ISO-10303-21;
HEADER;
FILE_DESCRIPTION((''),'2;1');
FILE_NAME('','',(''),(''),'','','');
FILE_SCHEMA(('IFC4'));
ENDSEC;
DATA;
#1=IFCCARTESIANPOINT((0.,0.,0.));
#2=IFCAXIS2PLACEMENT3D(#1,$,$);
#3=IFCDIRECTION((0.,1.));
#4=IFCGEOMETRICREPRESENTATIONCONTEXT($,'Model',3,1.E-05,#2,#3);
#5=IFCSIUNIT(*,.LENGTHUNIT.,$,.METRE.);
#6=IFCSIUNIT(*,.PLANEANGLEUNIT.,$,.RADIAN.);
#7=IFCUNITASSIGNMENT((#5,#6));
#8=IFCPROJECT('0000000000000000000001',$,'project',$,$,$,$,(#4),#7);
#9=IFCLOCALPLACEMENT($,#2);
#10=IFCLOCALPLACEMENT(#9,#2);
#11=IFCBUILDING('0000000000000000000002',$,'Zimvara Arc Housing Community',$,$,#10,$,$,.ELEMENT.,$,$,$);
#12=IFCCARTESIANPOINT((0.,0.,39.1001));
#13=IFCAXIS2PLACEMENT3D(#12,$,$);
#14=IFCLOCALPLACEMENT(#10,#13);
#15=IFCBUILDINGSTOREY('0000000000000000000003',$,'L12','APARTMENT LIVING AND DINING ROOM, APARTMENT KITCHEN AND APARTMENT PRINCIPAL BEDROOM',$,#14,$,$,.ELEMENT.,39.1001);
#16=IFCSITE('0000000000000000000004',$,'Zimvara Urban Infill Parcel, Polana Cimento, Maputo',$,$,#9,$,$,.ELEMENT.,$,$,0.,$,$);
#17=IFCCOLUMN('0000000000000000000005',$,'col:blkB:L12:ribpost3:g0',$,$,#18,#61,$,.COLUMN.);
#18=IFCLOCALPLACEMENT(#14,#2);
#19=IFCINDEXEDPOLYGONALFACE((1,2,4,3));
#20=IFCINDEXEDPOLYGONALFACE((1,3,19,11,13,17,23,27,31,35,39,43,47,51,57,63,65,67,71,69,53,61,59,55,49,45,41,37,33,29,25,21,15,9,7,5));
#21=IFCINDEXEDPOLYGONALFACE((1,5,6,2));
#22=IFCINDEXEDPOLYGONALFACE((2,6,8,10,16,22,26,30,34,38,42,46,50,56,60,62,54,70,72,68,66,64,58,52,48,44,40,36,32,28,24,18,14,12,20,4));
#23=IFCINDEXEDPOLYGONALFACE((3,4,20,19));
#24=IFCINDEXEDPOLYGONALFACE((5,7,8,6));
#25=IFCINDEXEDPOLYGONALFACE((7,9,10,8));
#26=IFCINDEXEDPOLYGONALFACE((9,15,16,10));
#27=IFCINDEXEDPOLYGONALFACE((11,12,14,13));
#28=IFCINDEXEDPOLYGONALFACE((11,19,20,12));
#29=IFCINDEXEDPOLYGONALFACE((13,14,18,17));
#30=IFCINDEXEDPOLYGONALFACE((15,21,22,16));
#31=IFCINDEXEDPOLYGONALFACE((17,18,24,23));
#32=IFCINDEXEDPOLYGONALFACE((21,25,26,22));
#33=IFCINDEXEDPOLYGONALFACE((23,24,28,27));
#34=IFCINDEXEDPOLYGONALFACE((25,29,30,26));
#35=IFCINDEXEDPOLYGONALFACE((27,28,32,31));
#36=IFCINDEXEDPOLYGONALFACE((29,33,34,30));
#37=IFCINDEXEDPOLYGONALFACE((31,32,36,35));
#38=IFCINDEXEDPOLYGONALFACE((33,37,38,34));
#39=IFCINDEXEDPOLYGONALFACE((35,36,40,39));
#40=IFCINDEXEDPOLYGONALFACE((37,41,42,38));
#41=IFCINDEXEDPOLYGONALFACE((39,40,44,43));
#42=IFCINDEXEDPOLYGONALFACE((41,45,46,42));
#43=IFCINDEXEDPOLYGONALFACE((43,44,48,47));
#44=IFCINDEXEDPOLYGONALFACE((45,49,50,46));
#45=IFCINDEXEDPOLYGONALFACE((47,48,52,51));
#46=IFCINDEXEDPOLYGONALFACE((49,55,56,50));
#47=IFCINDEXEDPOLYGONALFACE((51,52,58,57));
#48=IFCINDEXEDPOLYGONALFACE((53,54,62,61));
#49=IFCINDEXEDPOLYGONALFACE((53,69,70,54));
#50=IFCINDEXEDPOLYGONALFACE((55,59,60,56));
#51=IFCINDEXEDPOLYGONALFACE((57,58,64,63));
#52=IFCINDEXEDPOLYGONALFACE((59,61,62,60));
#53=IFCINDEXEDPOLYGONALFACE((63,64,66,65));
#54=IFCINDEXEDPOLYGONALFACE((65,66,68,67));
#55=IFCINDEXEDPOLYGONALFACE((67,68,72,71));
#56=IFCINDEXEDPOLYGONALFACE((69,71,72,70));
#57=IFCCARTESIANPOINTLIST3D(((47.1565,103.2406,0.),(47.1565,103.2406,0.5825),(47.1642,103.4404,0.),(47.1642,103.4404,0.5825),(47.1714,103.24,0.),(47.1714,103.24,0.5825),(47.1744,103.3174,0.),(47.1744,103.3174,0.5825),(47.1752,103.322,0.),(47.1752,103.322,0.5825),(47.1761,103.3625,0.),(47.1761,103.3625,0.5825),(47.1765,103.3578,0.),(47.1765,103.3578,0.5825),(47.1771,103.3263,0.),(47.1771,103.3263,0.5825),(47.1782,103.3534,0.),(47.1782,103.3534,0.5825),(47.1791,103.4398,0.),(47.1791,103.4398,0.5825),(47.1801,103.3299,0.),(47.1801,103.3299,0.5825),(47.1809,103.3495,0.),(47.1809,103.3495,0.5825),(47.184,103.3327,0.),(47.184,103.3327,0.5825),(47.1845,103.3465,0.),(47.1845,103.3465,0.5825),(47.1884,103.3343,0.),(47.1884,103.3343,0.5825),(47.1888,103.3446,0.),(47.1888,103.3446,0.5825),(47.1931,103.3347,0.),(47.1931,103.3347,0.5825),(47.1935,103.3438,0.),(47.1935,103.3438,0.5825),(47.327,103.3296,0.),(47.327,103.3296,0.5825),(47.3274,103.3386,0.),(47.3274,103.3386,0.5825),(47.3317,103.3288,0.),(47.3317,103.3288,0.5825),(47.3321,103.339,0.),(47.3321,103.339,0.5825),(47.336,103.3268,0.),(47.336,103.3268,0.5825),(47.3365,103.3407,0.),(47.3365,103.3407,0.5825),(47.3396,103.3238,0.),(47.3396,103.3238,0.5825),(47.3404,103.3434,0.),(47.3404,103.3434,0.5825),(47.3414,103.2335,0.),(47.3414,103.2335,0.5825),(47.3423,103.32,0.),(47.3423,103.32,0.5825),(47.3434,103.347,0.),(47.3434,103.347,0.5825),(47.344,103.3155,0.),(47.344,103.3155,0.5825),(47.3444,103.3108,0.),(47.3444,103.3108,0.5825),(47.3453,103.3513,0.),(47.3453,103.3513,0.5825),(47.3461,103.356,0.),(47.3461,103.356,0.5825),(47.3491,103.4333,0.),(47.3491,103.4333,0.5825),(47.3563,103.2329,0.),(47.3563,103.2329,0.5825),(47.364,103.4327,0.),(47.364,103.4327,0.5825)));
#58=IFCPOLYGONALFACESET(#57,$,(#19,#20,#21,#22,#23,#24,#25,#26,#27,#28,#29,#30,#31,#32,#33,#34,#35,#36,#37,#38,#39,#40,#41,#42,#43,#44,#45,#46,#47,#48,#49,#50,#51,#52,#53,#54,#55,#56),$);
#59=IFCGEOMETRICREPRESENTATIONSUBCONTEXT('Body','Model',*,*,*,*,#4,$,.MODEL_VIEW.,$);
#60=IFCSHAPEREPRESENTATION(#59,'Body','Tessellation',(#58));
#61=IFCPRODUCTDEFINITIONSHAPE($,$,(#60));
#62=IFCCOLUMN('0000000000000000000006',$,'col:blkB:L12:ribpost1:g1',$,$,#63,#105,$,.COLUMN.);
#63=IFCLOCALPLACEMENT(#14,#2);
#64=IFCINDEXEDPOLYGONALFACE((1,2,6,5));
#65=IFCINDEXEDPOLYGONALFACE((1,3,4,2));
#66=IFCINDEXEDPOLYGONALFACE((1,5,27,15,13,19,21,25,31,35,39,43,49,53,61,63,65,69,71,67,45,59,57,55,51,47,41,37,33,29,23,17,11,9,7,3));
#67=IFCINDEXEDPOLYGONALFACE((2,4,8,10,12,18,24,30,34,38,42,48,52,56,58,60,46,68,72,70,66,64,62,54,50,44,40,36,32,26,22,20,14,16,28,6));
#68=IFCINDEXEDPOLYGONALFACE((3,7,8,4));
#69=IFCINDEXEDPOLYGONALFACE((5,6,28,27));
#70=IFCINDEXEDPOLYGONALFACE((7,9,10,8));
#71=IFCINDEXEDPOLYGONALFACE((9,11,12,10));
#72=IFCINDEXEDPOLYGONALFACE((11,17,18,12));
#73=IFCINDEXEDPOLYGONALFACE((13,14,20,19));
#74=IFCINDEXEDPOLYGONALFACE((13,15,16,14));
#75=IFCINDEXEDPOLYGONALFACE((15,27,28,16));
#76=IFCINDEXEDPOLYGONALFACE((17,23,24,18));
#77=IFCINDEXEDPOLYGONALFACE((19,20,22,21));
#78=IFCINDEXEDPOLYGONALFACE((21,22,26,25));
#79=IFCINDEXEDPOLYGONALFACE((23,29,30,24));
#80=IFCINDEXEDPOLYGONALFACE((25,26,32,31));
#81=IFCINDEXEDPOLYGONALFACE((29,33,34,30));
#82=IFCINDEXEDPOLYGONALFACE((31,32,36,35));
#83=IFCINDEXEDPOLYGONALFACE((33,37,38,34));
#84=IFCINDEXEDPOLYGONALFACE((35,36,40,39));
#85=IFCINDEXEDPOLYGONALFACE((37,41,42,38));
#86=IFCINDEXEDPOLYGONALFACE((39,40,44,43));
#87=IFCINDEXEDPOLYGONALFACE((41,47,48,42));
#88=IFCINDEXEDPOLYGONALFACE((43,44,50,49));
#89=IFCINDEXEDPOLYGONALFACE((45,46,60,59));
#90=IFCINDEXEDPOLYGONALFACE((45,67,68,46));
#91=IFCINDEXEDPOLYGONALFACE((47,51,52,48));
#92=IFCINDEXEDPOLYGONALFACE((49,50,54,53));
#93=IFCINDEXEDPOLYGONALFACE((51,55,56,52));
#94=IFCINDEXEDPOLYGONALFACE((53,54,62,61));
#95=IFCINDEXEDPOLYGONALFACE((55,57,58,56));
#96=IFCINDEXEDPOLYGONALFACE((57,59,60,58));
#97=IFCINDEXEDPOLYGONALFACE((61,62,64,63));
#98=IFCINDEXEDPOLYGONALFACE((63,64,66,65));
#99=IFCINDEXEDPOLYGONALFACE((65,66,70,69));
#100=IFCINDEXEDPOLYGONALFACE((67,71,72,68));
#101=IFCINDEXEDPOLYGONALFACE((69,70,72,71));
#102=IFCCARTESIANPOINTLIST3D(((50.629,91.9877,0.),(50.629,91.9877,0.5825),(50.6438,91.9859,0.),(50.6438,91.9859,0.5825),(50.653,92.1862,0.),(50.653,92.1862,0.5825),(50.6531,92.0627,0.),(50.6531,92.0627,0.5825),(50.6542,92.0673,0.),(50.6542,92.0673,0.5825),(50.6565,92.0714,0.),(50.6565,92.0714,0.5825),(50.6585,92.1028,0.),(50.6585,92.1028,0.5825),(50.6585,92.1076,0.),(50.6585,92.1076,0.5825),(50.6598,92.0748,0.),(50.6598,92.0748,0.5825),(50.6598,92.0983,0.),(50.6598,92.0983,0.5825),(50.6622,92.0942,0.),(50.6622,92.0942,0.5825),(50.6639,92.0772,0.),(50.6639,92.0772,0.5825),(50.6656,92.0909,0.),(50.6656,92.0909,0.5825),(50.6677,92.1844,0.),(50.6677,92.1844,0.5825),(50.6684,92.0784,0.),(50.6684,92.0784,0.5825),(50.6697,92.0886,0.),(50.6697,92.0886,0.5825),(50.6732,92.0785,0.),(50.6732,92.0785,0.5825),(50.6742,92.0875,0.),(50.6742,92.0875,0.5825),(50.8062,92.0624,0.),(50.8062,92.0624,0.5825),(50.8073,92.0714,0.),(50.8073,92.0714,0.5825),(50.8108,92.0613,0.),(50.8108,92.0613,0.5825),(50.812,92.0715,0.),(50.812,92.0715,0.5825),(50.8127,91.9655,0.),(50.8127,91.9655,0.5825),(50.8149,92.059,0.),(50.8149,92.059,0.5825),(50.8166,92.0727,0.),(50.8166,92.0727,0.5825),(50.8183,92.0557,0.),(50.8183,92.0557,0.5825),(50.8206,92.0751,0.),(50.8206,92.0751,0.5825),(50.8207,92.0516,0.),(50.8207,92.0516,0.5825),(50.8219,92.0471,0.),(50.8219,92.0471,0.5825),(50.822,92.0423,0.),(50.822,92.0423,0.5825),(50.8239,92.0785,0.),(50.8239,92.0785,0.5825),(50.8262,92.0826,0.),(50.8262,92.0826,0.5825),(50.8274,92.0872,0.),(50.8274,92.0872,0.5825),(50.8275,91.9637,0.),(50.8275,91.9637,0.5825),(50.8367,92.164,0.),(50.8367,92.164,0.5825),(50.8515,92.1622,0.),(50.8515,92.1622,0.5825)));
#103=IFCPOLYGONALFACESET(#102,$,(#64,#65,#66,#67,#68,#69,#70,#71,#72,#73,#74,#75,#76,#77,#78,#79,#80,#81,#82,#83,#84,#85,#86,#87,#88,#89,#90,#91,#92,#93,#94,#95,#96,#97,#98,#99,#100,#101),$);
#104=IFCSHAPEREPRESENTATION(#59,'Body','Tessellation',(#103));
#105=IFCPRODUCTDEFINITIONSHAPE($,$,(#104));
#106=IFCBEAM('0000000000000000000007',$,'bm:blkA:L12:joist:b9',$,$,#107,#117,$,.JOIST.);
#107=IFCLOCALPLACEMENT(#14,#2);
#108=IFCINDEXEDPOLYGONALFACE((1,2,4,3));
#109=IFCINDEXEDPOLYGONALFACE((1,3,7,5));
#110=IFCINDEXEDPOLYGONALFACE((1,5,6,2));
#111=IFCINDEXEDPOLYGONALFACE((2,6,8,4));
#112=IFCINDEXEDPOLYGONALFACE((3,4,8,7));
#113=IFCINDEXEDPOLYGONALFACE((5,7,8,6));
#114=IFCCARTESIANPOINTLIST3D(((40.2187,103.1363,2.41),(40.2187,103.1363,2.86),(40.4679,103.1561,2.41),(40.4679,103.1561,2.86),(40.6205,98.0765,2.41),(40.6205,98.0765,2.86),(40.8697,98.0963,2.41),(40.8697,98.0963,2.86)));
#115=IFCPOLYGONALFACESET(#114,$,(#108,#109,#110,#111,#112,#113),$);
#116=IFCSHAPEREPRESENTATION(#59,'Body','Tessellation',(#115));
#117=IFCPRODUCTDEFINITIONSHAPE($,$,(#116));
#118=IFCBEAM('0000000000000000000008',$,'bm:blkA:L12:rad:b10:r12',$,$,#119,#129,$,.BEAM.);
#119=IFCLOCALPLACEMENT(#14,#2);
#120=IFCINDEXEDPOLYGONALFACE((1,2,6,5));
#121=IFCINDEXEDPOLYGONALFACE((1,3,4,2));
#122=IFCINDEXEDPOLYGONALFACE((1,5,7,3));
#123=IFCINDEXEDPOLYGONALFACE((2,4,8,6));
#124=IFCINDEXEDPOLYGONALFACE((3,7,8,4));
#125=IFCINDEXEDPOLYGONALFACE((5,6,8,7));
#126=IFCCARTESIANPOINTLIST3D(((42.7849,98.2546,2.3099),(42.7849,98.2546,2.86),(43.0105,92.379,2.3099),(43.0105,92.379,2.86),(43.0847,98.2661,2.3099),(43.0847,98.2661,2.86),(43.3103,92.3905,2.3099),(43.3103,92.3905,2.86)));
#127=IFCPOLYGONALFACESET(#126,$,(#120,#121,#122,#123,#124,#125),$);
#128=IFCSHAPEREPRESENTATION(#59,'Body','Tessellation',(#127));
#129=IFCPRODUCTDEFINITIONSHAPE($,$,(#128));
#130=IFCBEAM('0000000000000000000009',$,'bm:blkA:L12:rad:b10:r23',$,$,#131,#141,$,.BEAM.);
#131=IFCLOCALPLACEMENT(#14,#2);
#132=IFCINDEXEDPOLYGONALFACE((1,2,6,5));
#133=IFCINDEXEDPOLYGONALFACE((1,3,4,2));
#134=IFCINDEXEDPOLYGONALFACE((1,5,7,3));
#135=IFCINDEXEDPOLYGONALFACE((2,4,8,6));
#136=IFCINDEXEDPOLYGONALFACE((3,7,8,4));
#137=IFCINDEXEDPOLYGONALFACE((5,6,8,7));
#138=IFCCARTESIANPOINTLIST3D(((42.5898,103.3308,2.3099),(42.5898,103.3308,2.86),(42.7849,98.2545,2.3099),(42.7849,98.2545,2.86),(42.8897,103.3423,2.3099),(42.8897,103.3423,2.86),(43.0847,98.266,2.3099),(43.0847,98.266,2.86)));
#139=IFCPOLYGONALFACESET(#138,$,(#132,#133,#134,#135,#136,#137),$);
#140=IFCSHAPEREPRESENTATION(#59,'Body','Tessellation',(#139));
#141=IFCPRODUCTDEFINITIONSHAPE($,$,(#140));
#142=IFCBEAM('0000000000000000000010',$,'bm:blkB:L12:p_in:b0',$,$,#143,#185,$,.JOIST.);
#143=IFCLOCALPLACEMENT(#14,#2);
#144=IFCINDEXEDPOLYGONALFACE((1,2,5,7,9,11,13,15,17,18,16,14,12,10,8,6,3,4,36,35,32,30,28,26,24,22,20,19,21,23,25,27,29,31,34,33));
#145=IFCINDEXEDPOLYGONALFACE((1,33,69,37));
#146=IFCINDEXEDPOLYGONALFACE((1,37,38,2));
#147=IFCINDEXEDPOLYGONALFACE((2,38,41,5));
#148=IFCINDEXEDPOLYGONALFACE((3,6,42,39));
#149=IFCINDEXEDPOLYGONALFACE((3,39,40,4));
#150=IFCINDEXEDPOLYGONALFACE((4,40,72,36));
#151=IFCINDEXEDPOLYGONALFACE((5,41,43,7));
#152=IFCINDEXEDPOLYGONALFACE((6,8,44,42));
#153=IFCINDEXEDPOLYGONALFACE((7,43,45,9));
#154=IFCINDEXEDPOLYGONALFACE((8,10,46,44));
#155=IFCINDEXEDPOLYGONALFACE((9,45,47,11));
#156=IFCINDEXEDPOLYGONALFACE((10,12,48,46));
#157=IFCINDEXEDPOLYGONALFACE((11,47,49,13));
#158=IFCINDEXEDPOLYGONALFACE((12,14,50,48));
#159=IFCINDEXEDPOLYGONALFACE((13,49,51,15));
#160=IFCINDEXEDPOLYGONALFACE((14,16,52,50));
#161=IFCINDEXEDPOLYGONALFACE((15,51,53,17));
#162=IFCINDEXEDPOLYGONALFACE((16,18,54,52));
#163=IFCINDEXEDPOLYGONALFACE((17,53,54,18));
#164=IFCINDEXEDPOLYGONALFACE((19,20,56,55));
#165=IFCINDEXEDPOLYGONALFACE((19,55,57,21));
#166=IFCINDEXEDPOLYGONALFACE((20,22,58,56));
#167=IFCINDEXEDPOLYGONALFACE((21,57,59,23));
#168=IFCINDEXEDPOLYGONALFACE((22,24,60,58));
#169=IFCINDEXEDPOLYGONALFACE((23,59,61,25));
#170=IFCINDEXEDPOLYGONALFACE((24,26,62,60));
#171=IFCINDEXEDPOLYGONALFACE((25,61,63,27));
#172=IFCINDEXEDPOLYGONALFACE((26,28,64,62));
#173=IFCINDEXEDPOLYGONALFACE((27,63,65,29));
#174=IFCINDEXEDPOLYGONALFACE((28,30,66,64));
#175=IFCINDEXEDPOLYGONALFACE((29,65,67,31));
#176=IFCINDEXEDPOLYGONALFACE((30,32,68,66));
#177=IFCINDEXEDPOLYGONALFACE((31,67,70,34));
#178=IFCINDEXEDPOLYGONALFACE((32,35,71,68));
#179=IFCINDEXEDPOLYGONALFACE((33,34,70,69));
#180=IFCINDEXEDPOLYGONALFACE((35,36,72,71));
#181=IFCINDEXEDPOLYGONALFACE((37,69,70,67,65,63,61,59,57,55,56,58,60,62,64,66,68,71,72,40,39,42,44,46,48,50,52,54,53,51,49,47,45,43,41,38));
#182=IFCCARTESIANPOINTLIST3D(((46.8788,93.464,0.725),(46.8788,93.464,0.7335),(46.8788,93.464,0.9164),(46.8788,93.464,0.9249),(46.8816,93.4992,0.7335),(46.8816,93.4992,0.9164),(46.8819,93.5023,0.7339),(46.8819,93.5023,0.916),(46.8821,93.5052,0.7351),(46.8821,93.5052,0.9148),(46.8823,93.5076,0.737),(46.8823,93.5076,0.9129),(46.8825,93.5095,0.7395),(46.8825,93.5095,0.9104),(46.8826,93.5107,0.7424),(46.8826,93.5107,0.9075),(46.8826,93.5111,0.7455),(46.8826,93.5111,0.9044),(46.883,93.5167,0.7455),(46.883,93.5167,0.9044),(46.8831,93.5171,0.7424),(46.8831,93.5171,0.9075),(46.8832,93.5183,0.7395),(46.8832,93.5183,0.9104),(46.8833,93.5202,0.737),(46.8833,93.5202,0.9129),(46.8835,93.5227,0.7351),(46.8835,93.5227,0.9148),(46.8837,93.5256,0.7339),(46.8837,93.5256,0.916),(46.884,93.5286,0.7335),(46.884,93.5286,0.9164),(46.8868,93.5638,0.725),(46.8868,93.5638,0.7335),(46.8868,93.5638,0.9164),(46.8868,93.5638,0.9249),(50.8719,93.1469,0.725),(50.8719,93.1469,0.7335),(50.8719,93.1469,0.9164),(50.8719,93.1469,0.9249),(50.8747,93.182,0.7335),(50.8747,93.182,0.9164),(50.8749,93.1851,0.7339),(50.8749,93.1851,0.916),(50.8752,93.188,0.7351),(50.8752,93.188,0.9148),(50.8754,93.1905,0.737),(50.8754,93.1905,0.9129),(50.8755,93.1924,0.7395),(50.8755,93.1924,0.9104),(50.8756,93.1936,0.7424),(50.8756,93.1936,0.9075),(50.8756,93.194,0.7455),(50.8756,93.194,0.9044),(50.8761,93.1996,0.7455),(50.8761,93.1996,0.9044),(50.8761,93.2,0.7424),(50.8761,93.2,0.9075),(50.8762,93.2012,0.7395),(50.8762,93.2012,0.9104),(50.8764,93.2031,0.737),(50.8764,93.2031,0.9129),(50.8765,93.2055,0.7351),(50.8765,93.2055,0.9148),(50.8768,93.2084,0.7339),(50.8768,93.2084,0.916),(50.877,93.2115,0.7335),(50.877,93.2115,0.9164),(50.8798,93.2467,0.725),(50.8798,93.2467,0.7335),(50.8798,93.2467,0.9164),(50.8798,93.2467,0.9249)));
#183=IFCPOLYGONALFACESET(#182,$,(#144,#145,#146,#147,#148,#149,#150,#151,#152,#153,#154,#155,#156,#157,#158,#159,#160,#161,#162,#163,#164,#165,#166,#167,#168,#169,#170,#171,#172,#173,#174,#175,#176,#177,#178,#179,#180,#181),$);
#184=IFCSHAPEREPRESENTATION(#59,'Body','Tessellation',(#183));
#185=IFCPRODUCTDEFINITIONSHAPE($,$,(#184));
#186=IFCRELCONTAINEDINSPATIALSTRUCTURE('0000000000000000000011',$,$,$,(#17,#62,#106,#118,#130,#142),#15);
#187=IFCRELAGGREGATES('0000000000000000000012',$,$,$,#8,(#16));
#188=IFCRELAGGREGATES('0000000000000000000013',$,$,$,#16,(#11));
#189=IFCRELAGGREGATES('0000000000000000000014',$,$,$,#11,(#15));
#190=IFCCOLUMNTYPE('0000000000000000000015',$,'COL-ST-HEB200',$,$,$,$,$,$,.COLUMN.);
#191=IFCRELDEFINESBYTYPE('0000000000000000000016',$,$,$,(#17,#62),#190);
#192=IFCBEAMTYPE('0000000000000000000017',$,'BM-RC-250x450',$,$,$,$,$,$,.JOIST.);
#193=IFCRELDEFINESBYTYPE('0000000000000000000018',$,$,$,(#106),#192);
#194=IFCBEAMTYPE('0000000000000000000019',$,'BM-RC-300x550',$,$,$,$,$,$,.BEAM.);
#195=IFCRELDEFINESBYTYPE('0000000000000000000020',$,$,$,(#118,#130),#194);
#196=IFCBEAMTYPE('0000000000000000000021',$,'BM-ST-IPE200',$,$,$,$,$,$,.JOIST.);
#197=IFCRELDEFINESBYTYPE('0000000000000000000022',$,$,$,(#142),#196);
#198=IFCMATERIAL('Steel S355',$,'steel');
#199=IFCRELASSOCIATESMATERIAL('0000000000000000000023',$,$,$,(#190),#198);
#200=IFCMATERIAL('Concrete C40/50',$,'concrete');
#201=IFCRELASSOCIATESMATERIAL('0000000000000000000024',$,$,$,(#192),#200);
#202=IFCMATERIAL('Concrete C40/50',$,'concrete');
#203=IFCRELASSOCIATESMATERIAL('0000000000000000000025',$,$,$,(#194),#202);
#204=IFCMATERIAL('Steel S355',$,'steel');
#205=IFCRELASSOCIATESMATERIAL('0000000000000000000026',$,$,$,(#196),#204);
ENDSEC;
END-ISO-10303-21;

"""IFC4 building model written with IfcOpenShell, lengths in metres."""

from ifc_helpers import new_model, si_unit, direction, frame, origin, origin_2d, place, context, subcontext, project, spatial, rectangle, i_section, extrude, material, material_profile, profile_set, type_object, element, save


model = new_model("IFC4")

# Units and contexts
model_context = context("Model", 3, precision=1e-05, world=origin(), true_north=direction((0.0, 1.0)))
body_context = subcontext(model_context, "Body", "Model", "MODEL_VIEW")
ifc_project = project(units=[si_unit("LENGTHUNIT", "METRE"), si_unit("PLANEANGLEUNIT", "RADIAN")], contexts=[model_context])

# Site, building, storey
site_placement = place(None, origin())
site = spatial("IfcSite", under=ifc_project, at=site_placement, Name="Zimvara Urban Infill Parcel, Polana Cimento, Maputo", CompositionType="ELEMENT", RefElevation=0.0)
building_placement = place(site_placement, origin())
building = spatial("IfcBuilding", under=site, at=building_placement, Name="Zimvara Arc Housing Community", CompositionType="ELEMENT")
storey_placement = place(building_placement, frame((0.0, 0.0, 39.1001)))
storey = spatial("IfcBuildingStorey", under=building, at=storey_placement, Name="L12", Description="APARTMENT LIVING AND DINING ROOM, APARTMENT KITCHEN AND APARTMENT PRINCIPAL BEDROOM", CompositionType="ELEMENT", Elevation=39.1001)

# Columns
ifc_material_1 = material(Name="Steel S355", Category="steel")
ifc_material_profile_1 = material_profile(ifc_material_1, i_section(OverallWidth=0.2, OverallDepth=0.2, WebThickness=0.009, FlangeThickness=0.0149, FilletRadius=0.0181, at=origin_2d()), Name="HEB 200")
ifc_profile_set_1 = profile_set([ifc_material_profile_1], Name="Steel S355")
column_type_1 = type_object("IfcColumnType", Name="COL-ST-HEB200", PredefinedType="COLUMN", material=ifc_profile_set_1)
for number, where, z_axis, x_axis, name in (
    (1, (47.2603, 103.3367, 0.0), (0.0, 0.0, 1.0), (0.038388, 0.999263, 0.0), "col:blkB:L12:ribpost3:g0"),
    (2, (50.7402, 92.075, 0.0), (0.0, 0.0, 1.0), (0.11979, 0.992799, 0.0), "col:blkB:L12:ribpost1:g1"),
):
    element("IfcColumn", number, at=place(storey_placement, frame(where, z_axis=z_axis, x_axis=x_axis)), inside=storey, type_object=column_type_1, Name=name, PredefinedType="COLUMN", context=body_context, shape_type="SweptSolid", body=[
        extrude(i_section(OverallWidth=0.2, OverallDepth=0.2, WebThickness=0.009, FlangeThickness=0.0149, FilletRadius=0.0181, at=origin_2d()), origin(), (0.0, 0.0, 1.0), 0.5825),
    ])

# Beams
ifc_material_2 = material(Name="Concrete C40/50", Category="concrete")
ifc_material_profile_2 = material_profile(ifc_material_2, rectangle(XDim=0.25, YDim=0.45, at=origin_2d()), Name="RC 250x450")
ifc_profile_set_2 = profile_set([ifc_material_profile_2], Name="Concrete C40/50")
beam_type_1 = type_object("IfcBeamType", Name="BM-RC-250x450", PredefinedType="JOIST", material=ifc_profile_set_2)
beam_1_placement = place(storey_placement, frame((40.7451, 98.0864, 2.635), z_axis=(-0.079172, 0.996861, 0.0), x_axis=(-0.996861, -0.079172, 0.0)))
element("IfcBeam", 3, at=beam_1_placement, inside=storey, type_object=beam_type_1, Name="bm:blkA:L12:joist:b9", PredefinedType="JOIST", context=body_context, shape_type="SweptSolid", body=[
    extrude(rectangle(XDim=0.25, YDim=0.45, at=origin_2d()), origin(), (0.0, 0.0, 1.0), 5.0757),
])
ifc_material_3 = material(Name="Concrete C40/50", Category="concrete")
ifc_material_profile_3 = material_profile(ifc_material_3, rectangle(XDim=0.3, YDim=0.55, at=origin_2d()), Name="RC 300x550")
ifc_profile_set_3 = profile_set([ifc_material_profile_3], Name="Concrete C40/50")
beam_type_2 = type_object("IfcBeamType", Name="BM-RC-300x550", PredefinedType="BEAM", material=ifc_profile_set_3)
beam_2_placement = place(storey_placement, frame((43.1604, 92.3848, 2.585), z_axis=(-0.038366, 0.999264, 0.0), x_axis=(-0.999264, -0.038366, 0.0)))
element("IfcBeam", 4, at=beam_2_placement, inside=storey, type_object=beam_type_2, Name="bm:blkA:L12:rad:b10:r12", PredefinedType="BEAM", context=body_context, shape_type="SweptSolid", body=[
    extrude(rectangle(XDim=0.3, YDim=0.55, at=origin_2d()), origin(), (0.0, 0.0, 1.0), 5.8799),
])
beam_3_placement = place(storey_placement, frame((42.9348, 98.2603, 2.585), z_axis=(-0.038398, 0.999263, 0.0), x_axis=(-0.999263, -0.038398, 0.0)))
element("IfcBeam", 5, at=beam_3_placement, inside=storey, type_object=beam_type_2, Name="bm:blkA:L12:rad:b10:r23", PredefinedType="BEAM", context=body_context, shape_type="SweptSolid", body=[
    extrude(rectangle(XDim=0.3, YDim=0.55, at=origin_2d()), origin(), (0.0, 0.0, 1.0), 5.0801),
])
ifc_material_4 = material(Name="Steel S355", Category="steel")
ifc_material_profile_4 = material_profile(ifc_material_4, i_section(OverallWidth=0.1001, OverallDepth=0.2, WebThickness=0.0056, FlangeThickness=0.0085, FilletRadius=0.012, at=origin_2d()), Name="IPE 200")
ifc_profile_set_4 = profile_set([ifc_material_profile_4], Name="Steel S355")
beam_type_3 = type_object("IfcBeamType", Name="BM-ST-IPE200", PredefinedType="JOIST", material=ifc_profile_set_4)
beam_4_placement = place(storey_placement, frame((46.8828, 93.5139, 0.825), z_axis=(0.996861, -0.079176, 0.0), x_axis=(0.079176, 0.996861, 0.0)))
element("IfcBeam", 6, at=beam_4_placement, inside=storey, type_object=beam_type_3, Name="bm:blkB:L12:p_in:b0", PredefinedType="JOIST", context=body_context, shape_type="SweptSolid", body=[
    extrude(i_section(OverallWidth=0.1001, OverallDepth=0.2, WebThickness=0.0056, FlangeThickness=0.0085, FilletRadius=0.012, at=origin_2d()), origin(), (0.0, 0.0, 1.0), 4.0056),
])

save(model, "model.ifc")
